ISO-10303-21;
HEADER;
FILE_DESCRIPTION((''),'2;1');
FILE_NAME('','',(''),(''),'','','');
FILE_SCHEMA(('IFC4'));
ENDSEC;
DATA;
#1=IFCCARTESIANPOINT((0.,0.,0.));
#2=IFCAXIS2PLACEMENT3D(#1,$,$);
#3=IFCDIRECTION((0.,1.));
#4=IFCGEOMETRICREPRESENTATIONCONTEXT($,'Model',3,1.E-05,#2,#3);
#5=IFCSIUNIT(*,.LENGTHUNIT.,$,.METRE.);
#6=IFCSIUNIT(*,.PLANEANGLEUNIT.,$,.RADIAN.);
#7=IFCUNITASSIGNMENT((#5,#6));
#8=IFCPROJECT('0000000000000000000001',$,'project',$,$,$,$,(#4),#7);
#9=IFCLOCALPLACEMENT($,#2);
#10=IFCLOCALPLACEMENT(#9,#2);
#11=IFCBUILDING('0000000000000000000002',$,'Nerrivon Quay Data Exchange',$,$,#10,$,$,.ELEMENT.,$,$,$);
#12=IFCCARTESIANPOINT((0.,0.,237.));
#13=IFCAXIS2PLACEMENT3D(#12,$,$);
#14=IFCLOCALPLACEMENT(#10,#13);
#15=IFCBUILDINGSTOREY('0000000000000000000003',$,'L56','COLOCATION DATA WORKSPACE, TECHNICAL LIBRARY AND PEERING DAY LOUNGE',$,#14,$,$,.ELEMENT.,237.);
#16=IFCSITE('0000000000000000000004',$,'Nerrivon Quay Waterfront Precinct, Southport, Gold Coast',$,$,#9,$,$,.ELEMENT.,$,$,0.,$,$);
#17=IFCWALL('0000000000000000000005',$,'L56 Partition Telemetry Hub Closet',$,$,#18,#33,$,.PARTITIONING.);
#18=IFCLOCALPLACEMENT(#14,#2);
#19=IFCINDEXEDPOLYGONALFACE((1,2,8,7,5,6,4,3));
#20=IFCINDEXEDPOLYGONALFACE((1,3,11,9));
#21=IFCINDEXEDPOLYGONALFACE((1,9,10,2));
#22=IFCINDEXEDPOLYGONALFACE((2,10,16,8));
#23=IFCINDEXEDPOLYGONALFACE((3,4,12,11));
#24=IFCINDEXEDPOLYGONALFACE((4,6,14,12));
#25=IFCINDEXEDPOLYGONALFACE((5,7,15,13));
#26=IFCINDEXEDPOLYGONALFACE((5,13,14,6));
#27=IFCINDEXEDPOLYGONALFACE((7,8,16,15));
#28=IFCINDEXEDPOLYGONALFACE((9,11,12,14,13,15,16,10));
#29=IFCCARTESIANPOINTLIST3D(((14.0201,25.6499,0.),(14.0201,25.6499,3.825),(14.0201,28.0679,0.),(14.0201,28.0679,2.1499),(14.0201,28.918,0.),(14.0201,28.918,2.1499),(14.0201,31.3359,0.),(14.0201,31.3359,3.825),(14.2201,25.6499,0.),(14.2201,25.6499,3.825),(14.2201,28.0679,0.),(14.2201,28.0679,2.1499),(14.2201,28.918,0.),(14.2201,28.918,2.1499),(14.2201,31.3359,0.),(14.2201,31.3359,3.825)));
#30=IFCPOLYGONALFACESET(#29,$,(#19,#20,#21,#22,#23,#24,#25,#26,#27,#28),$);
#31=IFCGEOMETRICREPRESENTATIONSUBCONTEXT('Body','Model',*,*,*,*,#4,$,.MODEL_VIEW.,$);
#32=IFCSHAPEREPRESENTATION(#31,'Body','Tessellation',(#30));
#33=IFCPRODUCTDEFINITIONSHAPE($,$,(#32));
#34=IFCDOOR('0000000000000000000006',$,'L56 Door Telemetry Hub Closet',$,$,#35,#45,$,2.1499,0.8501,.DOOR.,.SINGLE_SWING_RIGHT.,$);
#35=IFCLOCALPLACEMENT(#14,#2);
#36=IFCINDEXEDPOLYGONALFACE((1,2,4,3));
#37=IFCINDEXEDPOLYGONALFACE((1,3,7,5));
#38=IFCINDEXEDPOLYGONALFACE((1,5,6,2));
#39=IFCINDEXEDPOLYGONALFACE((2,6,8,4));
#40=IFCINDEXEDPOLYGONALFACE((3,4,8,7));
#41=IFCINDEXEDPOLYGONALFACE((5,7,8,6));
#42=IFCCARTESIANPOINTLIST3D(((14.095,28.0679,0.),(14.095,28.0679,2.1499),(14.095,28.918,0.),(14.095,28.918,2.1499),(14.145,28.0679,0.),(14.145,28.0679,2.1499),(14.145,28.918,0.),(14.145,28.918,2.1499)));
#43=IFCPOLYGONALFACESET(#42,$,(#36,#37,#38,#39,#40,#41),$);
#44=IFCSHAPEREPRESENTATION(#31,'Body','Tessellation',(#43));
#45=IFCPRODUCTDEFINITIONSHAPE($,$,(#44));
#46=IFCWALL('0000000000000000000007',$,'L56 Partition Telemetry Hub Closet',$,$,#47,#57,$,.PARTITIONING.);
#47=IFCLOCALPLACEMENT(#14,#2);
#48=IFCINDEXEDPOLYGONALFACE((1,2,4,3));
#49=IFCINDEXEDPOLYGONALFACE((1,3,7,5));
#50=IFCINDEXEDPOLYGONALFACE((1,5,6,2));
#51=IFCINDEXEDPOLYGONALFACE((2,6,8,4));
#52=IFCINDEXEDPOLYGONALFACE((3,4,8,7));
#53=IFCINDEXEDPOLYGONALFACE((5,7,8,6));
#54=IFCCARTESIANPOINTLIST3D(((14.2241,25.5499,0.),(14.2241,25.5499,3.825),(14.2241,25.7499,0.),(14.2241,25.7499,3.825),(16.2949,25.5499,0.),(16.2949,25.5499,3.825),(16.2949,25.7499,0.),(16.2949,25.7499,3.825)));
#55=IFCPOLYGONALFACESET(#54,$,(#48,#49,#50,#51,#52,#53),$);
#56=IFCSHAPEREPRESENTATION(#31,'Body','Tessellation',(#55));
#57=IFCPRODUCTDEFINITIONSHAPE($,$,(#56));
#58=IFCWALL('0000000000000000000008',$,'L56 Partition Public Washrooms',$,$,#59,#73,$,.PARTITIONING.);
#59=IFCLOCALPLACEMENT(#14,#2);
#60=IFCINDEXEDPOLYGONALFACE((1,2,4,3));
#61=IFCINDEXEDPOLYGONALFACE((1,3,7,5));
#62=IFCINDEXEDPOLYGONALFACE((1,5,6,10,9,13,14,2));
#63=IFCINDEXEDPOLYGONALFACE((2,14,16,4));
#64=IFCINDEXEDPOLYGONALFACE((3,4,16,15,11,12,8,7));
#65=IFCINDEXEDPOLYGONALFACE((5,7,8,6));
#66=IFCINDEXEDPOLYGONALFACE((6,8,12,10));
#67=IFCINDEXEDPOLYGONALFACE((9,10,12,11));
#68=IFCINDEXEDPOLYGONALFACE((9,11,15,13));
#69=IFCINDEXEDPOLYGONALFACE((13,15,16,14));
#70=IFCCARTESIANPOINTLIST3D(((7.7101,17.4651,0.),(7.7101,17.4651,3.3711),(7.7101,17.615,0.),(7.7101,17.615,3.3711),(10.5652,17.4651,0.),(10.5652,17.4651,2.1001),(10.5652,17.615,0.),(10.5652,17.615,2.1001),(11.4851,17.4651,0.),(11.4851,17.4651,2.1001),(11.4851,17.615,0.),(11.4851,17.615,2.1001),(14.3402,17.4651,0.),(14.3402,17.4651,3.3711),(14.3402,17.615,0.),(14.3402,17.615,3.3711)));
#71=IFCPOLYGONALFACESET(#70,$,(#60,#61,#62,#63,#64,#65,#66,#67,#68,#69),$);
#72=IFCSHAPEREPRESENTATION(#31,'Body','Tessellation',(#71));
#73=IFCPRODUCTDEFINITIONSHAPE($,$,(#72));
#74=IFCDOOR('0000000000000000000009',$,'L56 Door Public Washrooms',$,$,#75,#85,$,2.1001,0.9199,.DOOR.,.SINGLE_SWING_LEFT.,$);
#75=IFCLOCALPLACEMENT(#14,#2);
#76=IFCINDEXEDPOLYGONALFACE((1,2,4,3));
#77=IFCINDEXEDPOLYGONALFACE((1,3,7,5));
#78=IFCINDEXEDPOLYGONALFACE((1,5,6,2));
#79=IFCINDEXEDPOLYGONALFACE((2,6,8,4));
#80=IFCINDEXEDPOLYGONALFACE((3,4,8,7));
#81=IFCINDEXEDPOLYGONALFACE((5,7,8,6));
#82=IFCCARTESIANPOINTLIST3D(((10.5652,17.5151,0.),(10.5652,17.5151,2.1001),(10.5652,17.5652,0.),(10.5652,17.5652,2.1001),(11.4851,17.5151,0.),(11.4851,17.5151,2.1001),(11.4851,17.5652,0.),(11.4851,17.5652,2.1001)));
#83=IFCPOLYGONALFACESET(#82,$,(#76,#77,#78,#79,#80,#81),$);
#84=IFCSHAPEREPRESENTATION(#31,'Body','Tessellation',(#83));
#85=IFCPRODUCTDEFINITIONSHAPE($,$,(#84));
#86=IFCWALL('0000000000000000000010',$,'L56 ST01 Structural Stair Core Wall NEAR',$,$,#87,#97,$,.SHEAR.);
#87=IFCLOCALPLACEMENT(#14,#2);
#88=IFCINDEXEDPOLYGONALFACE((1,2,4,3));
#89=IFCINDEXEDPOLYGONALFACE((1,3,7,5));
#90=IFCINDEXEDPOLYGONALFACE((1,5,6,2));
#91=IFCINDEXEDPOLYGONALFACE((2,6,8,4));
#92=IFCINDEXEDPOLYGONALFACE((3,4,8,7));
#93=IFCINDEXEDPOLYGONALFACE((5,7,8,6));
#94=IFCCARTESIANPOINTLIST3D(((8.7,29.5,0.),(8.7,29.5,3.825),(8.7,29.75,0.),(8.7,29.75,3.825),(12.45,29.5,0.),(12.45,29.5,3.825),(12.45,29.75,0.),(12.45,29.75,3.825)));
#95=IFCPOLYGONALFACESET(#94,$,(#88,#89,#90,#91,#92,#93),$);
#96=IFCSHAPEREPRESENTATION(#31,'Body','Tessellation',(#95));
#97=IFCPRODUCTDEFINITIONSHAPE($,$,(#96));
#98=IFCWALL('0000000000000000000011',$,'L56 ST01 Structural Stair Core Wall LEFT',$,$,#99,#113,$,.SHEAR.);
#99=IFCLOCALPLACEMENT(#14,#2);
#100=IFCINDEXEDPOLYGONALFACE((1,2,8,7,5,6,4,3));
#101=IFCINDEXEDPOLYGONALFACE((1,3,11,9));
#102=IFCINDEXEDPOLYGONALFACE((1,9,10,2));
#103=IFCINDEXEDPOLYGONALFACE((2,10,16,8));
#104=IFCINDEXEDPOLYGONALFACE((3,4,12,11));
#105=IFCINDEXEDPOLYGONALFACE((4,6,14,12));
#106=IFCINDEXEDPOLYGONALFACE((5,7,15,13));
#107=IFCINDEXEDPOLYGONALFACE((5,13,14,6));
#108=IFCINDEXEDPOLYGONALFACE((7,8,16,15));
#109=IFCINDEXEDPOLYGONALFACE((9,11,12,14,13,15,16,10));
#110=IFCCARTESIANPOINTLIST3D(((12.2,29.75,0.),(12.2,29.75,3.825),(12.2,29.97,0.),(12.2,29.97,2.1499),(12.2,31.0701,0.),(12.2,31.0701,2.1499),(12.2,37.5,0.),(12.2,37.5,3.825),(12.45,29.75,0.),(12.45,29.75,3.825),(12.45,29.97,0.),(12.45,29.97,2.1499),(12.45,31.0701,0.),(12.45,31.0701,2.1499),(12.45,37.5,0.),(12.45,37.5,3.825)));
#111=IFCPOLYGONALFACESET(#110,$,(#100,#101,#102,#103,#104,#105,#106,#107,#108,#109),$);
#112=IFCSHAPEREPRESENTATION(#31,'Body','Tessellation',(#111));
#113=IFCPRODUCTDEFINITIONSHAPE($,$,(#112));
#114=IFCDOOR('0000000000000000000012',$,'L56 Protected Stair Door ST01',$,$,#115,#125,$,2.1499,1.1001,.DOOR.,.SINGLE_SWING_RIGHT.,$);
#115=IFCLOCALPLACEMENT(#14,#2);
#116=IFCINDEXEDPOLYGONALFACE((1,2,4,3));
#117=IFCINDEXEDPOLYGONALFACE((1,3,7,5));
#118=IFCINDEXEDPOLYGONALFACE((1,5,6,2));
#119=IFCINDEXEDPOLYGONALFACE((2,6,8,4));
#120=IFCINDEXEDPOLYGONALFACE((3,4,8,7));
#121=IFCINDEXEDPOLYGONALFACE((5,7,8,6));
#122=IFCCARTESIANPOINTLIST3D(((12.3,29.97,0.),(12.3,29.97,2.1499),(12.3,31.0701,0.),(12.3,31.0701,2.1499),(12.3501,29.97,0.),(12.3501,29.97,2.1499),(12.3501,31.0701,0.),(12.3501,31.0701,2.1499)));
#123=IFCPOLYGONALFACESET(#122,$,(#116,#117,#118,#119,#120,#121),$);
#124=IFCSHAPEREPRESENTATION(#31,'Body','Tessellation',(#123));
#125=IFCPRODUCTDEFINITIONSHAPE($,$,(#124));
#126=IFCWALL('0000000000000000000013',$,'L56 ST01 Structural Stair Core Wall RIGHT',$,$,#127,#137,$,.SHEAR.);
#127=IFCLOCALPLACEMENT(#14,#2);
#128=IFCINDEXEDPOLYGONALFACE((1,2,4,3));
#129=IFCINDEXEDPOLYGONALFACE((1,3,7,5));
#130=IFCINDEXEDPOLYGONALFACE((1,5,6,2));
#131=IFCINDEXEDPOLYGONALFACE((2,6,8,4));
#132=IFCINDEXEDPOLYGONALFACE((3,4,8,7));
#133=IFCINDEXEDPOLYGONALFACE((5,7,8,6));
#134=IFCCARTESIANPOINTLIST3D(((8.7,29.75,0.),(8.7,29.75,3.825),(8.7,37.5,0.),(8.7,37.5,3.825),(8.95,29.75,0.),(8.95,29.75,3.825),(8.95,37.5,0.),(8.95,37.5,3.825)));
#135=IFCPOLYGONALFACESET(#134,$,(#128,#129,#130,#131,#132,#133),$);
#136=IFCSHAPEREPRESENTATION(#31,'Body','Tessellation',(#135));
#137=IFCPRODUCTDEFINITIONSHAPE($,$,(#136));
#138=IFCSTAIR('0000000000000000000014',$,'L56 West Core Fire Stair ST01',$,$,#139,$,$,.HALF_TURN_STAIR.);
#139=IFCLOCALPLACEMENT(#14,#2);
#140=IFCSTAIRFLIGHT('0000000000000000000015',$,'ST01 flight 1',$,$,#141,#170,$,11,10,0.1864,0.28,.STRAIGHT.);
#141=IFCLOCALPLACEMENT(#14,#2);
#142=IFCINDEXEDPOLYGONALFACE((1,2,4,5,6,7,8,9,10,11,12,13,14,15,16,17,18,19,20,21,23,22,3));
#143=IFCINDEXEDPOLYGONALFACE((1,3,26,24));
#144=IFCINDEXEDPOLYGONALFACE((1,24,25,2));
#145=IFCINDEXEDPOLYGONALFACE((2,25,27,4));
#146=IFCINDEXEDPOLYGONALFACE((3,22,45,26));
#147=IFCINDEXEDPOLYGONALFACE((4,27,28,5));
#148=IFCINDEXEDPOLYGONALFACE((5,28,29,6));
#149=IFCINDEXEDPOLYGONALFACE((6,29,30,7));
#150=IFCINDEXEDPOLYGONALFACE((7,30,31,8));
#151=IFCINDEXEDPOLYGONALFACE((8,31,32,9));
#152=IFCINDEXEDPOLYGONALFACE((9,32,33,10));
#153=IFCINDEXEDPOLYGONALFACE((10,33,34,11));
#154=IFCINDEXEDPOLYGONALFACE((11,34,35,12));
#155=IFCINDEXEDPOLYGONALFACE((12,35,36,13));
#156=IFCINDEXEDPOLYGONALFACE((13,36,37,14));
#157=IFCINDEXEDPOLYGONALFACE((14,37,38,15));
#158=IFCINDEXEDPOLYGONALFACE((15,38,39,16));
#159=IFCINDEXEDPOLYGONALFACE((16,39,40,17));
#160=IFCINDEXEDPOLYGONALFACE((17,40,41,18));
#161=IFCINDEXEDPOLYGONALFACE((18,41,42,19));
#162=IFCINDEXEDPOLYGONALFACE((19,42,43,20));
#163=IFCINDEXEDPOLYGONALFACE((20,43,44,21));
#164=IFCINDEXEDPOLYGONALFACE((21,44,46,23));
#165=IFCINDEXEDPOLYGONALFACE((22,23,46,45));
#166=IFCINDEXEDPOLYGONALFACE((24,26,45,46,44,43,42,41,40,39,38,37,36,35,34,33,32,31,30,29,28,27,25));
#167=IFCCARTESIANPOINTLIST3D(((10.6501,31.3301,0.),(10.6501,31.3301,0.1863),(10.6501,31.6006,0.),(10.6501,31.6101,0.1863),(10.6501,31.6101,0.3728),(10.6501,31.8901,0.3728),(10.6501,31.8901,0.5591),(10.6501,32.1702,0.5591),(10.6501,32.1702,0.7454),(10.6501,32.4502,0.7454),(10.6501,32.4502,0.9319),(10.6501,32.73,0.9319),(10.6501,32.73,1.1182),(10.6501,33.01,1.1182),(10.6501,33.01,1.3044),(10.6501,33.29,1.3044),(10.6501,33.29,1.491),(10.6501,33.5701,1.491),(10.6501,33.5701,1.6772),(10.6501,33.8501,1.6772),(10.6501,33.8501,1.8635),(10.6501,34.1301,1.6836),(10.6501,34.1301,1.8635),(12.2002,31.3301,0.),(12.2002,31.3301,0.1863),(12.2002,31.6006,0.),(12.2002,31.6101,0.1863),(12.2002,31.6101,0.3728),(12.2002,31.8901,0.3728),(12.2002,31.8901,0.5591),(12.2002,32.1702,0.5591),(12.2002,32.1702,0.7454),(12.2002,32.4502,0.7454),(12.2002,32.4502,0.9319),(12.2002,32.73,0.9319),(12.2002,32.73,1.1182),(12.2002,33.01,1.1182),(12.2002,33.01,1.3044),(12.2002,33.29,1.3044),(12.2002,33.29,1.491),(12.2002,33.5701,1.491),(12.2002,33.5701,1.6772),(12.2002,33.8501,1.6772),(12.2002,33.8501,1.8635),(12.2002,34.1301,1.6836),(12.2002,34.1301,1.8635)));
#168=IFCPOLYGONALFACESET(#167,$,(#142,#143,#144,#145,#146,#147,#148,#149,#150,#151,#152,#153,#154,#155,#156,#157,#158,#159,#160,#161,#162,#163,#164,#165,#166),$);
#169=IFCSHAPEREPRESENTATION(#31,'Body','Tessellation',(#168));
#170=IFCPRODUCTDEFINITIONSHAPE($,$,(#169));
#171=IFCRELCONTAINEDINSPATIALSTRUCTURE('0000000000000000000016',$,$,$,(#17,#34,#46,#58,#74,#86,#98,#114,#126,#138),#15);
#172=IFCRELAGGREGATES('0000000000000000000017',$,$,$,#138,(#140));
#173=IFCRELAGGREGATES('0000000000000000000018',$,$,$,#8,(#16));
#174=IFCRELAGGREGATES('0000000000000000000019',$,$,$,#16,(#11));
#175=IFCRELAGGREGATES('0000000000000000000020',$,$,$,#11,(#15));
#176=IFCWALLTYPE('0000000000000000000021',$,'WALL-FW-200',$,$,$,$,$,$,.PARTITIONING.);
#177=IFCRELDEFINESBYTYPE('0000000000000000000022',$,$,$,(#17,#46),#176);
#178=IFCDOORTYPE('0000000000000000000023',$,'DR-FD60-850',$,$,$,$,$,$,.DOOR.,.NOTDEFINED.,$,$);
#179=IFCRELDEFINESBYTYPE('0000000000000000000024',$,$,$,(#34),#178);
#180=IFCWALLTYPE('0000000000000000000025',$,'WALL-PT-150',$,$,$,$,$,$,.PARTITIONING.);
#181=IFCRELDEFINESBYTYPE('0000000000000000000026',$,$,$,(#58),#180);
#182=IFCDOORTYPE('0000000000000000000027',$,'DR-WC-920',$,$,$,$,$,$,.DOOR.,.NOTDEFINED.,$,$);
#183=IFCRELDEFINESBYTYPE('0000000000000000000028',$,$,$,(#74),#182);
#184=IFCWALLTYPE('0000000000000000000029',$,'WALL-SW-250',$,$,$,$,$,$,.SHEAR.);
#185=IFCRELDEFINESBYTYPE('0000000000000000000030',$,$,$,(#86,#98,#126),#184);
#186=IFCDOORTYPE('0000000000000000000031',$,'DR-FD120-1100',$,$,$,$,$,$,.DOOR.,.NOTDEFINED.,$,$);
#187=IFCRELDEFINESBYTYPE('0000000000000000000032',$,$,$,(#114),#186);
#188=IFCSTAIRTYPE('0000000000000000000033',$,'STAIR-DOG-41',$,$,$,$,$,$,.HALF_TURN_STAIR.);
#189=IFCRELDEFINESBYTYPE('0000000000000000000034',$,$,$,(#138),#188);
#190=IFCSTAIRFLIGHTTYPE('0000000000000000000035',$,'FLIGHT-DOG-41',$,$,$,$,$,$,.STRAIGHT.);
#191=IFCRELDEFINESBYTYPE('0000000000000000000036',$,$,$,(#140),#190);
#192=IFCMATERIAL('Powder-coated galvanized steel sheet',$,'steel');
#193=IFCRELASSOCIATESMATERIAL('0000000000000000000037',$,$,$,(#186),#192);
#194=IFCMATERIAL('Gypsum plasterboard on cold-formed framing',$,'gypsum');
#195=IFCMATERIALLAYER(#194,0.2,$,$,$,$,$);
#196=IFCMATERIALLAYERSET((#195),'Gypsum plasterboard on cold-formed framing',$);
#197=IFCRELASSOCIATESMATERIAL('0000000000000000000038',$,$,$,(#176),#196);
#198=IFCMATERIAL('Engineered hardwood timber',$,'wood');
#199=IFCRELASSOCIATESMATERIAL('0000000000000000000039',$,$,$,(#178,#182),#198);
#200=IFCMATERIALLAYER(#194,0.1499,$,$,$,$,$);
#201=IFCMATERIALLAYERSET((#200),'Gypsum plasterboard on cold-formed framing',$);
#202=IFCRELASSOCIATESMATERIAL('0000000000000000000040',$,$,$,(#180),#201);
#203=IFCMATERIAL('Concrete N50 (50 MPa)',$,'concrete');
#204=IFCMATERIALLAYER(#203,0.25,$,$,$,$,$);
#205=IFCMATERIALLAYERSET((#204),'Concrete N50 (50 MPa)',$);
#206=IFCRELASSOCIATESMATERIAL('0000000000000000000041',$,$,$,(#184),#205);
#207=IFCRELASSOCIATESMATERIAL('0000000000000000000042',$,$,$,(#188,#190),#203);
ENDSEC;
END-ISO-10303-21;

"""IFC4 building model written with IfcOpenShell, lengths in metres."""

from ifc_helpers import new_model, si_unit, direction, frame, frame_2d, origin, place, context, subcontext, project, spatial, polyline, rectangle, outline, extrude, material, layer, layer_set, type_object, element, fill, aggregate, save


model = new_model("IFC4")

# Units and contexts
model_context = context("Model", 3, precision=1e-05, world=origin(), true_north=direction((0.0, 1.0)))
body_context = subcontext(model_context, "Body", "Model", "MODEL_VIEW")
ifc_project = project(units=[si_unit("LENGTHUNIT", "METRE"), si_unit("PLANEANGLEUNIT", "RADIAN")], contexts=[model_context])

# Site, building, storey
site_placement = place(None, origin())
site = spatial("IfcSite", under=ifc_project, at=site_placement, Name="Nerrivon Quay Waterfront Precinct, Southport, Gold Coast", CompositionType="ELEMENT", RefElevation=0.0)
building_placement = place(site_placement, origin())
building = spatial("IfcBuilding", under=site, at=building_placement, Name="Nerrivon Quay Data Exchange", CompositionType="ELEMENT")
storey_placement = place(building_placement, frame((0.0, 0.0, 237.0)))
storey = spatial("IfcBuildingStorey", under=building, at=storey_placement, Name="L56", Description="COLOCATION DATA WORKSPACE, TECHNICAL LIBRARY AND PEERING DAY LOUNGE", CompositionType="ELEMENT", Elevation=237.0)

# Shared definitions
ifc_material_1 = material(Name="Concrete N50 (50 MPa)", Category="concrete")
ifc_material_2 = material(Name="Powder-coated galvanized steel sheet", Category="steel")
door_type_1 = type_object("IfcDoorType", Name="DR-FD120-1100", OperationType="NOTDEFINED", PredefinedType="DOOR", material=ifc_material_2)
ifc_material_3 = material(Name="Gypsum plasterboard on cold-formed framing", Category="gypsum")
ifc_layer_1 = layer(ifc_material_3, 0.2)
ifc_layer_set_1 = layer_set([ifc_layer_1], Name="Gypsum plasterboard on cold-formed framing")
wall_type_1 = type_object("IfcWallType", Name="WALL-FW-200", PredefinedType="PARTITIONING", material=ifc_layer_set_1)

# Wall, opening, door
wall_1_placement = place(storey_placement, frame((14.1201, 31.3359, 0.0), z_axis=(0.0, 0.0, 1.0), x_axis=(0.0, -1.0, 0.0)))
wall_1 = element("IfcWall", 1, at=wall_1_placement, inside=storey, type_object=wall_type_1, Name="L56 Partition Telemetry Hub Closet", PredefinedType="PARTITIONING", context=body_context, shape_type="SweptSolid", body=[
    extrude(rectangle(XDim=5.686, YDim=0.2, at=frame_2d((2.843, 0.0))), origin(), (0.0, 0.0, 1.0), 3.825),
])
opening_1_placement = place(wall_1_placement, frame((2.418, 0.0, 0.0)))
opening_1 = element("IfcOpeningElement", 2, at=opening_1_placement, cuts=wall_1, PredefinedType="OPENING", context=body_context, shape_type="SweptSolid", body=[
    extrude(rectangle(XDim=0.8501, YDim=2.1499, at=frame_2d((0.425, 1.075))), frame((0.0, 0.1099, 0.0), z_axis=(0.0, -1.0, 0.0), x_axis=(1.0, 0.0, 0.0)), (0.0, 0.0, 1.0), 0.22),
])
ifc_material_4 = material(Name="Engineered hardwood timber", Category="wood")
door_type_2 = type_object("IfcDoorType", Name="DR-FD60-850", OperationType="NOTDEFINED", PredefinedType="DOOR", material=ifc_material_4)
door_1_placement = place(opening_1_placement, origin())
door_1 = element("IfcDoor", 3, at=door_1_placement, inside=storey, type_object=door_type_2, Name="L56 Door Telemetry Hub Closet", OperationType="SINGLE_SWING_RIGHT", OverallHeight=2.1499, OverallWidth=0.8501, PredefinedType="DOOR", context=body_context, shape_type="SweptSolid", body=[
    extrude(rectangle(XDim=0.8501, YDim=2.1499, at=frame_2d((0.425, 1.075))), frame((0.0, 0.0249, 0.0), z_axis=(0.0, -1.0, 0.0), x_axis=(1.0, 0.0, 0.0)), (0.0, 0.0, 1.0), 0.05),
])
fill(opening_1, door_1)

# Wall
wall_2_placement = place(storey_placement, frame((14.2241, 25.6499, 0.0), z_axis=(0.0, 0.0, 1.0), x_axis=(1.0, 0.0, 0.0)))
element("IfcWall", 4, at=wall_2_placement, inside=storey, type_object=wall_type_1, Name="L56 Partition Telemetry Hub Closet", PredefinedType="PARTITIONING", context=body_context, shape_type="SweptSolid", body=[
    extrude(rectangle(XDim=2.0708, YDim=0.2, at=frame_2d((1.0354, 0.0))), origin(), (0.0, 0.0, 1.0), 3.825),
])

# Wall, opening, door
ifc_layer_2 = layer(ifc_material_3, 0.1499)
ifc_layer_set_2 = layer_set([ifc_layer_2], Name="Gypsum plasterboard on cold-formed framing")
wall_type_2 = type_object("IfcWallType", Name="WALL-PT-150", PredefinedType="PARTITIONING", material=ifc_layer_set_2)
wall_3_placement = place(storey_placement, frame((14.3401, 17.54, 0.0), z_axis=(0.0, 0.0, 1.0), x_axis=(-1.0, 0.0, 0.0)))
wall_3 = element("IfcWall", 5, at=wall_3_placement, inside=storey, type_object=wall_type_2, Name="L56 Partition Public Washrooms", PredefinedType="PARTITIONING", context=body_context, shape_type="SweptSolid", body=[
    extrude(rectangle(XDim=6.6301, YDim=0.1499, at=frame_2d((3.3149, 0.0))), origin(), (0.0, 0.0, 1.0), 3.3711),
])
opening_2_placement = place(wall_3_placement, frame((2.855, 0.0, 0.0)))
opening_2 = element("IfcOpeningElement", 6, at=opening_2_placement, cuts=wall_3, PredefinedType="OPENING", context=body_context, shape_type="SweptSolid", body=[
    extrude(rectangle(XDim=0.9199, YDim=2.1001, at=frame_2d((0.46, 1.05))), frame((0.0, 0.085, 0.0), z_axis=(0.0, -1.0, 0.0), x_axis=(1.0, 0.0, 0.0)), (0.0, 0.0, 1.0), 0.1699),
])
door_type_3 = type_object("IfcDoorType", Name="DR-WC-920", OperationType="NOTDEFINED", PredefinedType="DOOR", material=ifc_material_4)
door_2_placement = place(opening_2_placement, origin())
door_2 = element("IfcDoor", 7, at=door_2_placement, inside=storey, type_object=door_type_3, Name="L56 Door Public Washrooms", OperationType="SINGLE_SWING_LEFT", OverallHeight=2.1001, OverallWidth=0.9199, PredefinedType="DOOR", context=body_context, shape_type="SweptSolid", body=[
    extrude(rectangle(XDim=0.9199, YDim=2.1001, at=frame_2d((0.46, 1.05))), frame((0.0, 0.0249, 0.0), z_axis=(0.0, -1.0, 0.0), x_axis=(1.0, 0.0, 0.0)), (0.0, 0.0, 1.0), 0.05),
])
fill(opening_2, door_2)

# Wall
ifc_layer_3 = layer(ifc_material_1, 0.25)
ifc_layer_set_3 = layer_set([ifc_layer_3], Name="Concrete N50 (50 MPa)")
wall_type_3 = type_object("IfcWallType", Name="WALL-SW-250", PredefinedType="SHEAR", material=ifc_layer_set_3)
wall_4_placement = place(storey_placement, frame((12.45, 29.625, 0.0), z_axis=(0.0, 0.0, 1.0), x_axis=(-1.0, 0.0, 0.0)))
element("IfcWall", 8, at=wall_4_placement, inside=storey, type_object=wall_type_3, Name="L56 ST01 Structural Stair Core Wall NEAR", PredefinedType="SHEAR", context=body_context, shape_type="SweptSolid", body=[
    extrude(rectangle(XDim=3.75, YDim=0.25, at=frame_2d((1.875, 0.0))), origin(), (0.0, 0.0, 1.0), 3.825),
])

# Wall, opening, door
wall_5_placement = place(storey_placement, frame((12.325, 29.75, 0.0), z_axis=(0.0, 0.0, 1.0), x_axis=(0.0, 1.0, 0.0)))
wall_5 = element("IfcWall", 9, at=wall_5_placement, inside=storey, type_object=wall_type_3, Name="L56 ST01 Structural Stair Core Wall LEFT", PredefinedType="SHEAR", context=body_context, shape_type="SweptSolid", body=[
    extrude(rectangle(XDim=7.75, YDim=0.25, at=frame_2d((3.875, 0.0))), origin(), (0.0, 0.0, 1.0), 3.825),
])
opening_3_placement = place(wall_5_placement, frame((0.22, 0.0, 0.0)))
opening_3 = element("IfcOpeningElement", 10, at=opening_3_placement, cuts=wall_5, PredefinedType="OPENING", context=body_context, shape_type="SweptSolid", body=[
    extrude(rectangle(XDim=1.1001, YDim=2.1499, at=frame_2d((0.55, 1.075))), frame((0.0, 0.135, 0.0), z_axis=(0.0, -1.0, 0.0), x_axis=(1.0, 0.0, 0.0)), (0.0, 0.0, 1.0), 0.27),
])
door_3_placement = place(opening_3_placement, origin())
door_3 = element("IfcDoor", 11, at=door_3_placement, inside=storey, type_object=door_type_1, Name="L56 Protected Stair Door ST01", OperationType="SINGLE_SWING_RIGHT", OverallHeight=2.1499, OverallWidth=1.1001, PredefinedType="DOOR", context=body_context, shape_type="SweptSolid", body=[
    extrude(rectangle(XDim=1.1001, YDim=2.1499, at=frame_2d((0.55, 1.075))), frame((0.0, 0.0249, 0.0), z_axis=(0.0, -1.0, 0.0), x_axis=(1.0, 0.0, 0.0)), (0.0, 0.0, 1.0), 0.05),
])
fill(opening_3, door_3)

# Wall
wall_6_placement = place(storey_placement, frame((8.825, 29.75, 0.0), z_axis=(0.0, 0.0, 1.0), x_axis=(0.0, 1.0, 0.0)))
element("IfcWall", 12, at=wall_6_placement, inside=storey, type_object=wall_type_3, Name="L56 ST01 Structural Stair Core Wall RIGHT", PredefinedType="SHEAR", context=body_context, shape_type="SweptSolid", body=[
    extrude(rectangle(XDim=7.75, YDim=0.25, at=frame_2d((3.875, 0.0))), origin(), (0.0, 0.0, 1.0), 3.825),
])

# Stair, stair flight
stair_type = type_object("IfcStairType", Name="STAIR-DOG-41", PredefinedType="HALF_TURN_STAIR", material=ifc_material_1)
stair_placement = place(storey_placement, origin())
stair = element("IfcStair", 13, at=stair_placement, inside=storey, type_object=stair_type, Name="L56 West Core Fire Stair ST01", PredefinedType="HALF_TURN_STAIR")
stair_flight_type = type_object("IfcStairFlightType", Name="FLIGHT-DOG-41", PredefinedType="STRAIGHT", material=ifc_material_1)
stair_flight_placement = place(storey_placement, frame((11.425, 31.3301, 0.0), z_axis=(0.0, 0.0, 1.0), x_axis=(0.0, 1.0, 0.0)))
stair_flight = element("IfcStairFlight", 14, at=stair_flight_placement, type_object=stair_flight_type, Name="ST01 flight 1", NumberOfRisers=11, NumberOfTreads=10, PredefinedType="STRAIGHT", RiserHeight=0.1864, TreadLength=0.28, context=body_context, shape_type="SweptSolid", body=[
    extrude(outline(polyline([(0.0, 0.0), (0.0, 0.1863), (0.28, 0.1863), (0.28, 0.3728), (0.5601, 0.3728), (0.5601, 0.5591), (0.8401, 0.5591), (0.8401, 0.7454), (1.1201, 0.7454), (1.1201, 0.9319), (1.3999, 0.9319), (1.3999, 1.1182), (1.6799, 1.1182), (1.6799, 1.3044), (1.96, 1.3044), (1.96, 1.491), (2.24, 1.491), (2.24, 1.6772), (2.52, 1.6772), (2.52, 1.8635), (2.8, 1.8635), (2.8, 2.05), (2.8, 1.6836), (0.2705, 0.0), (0.0, 0.0)])), frame((0.0, 0.7749, 0.0), z_axis=(0.0, -1.0, 0.0), x_axis=(1.0, 0.0, 0.0)), (0.0, 0.0, 1.0), 1.55),
])
aggregate(stair, [stair_flight])

save(model, "model.ifc")
